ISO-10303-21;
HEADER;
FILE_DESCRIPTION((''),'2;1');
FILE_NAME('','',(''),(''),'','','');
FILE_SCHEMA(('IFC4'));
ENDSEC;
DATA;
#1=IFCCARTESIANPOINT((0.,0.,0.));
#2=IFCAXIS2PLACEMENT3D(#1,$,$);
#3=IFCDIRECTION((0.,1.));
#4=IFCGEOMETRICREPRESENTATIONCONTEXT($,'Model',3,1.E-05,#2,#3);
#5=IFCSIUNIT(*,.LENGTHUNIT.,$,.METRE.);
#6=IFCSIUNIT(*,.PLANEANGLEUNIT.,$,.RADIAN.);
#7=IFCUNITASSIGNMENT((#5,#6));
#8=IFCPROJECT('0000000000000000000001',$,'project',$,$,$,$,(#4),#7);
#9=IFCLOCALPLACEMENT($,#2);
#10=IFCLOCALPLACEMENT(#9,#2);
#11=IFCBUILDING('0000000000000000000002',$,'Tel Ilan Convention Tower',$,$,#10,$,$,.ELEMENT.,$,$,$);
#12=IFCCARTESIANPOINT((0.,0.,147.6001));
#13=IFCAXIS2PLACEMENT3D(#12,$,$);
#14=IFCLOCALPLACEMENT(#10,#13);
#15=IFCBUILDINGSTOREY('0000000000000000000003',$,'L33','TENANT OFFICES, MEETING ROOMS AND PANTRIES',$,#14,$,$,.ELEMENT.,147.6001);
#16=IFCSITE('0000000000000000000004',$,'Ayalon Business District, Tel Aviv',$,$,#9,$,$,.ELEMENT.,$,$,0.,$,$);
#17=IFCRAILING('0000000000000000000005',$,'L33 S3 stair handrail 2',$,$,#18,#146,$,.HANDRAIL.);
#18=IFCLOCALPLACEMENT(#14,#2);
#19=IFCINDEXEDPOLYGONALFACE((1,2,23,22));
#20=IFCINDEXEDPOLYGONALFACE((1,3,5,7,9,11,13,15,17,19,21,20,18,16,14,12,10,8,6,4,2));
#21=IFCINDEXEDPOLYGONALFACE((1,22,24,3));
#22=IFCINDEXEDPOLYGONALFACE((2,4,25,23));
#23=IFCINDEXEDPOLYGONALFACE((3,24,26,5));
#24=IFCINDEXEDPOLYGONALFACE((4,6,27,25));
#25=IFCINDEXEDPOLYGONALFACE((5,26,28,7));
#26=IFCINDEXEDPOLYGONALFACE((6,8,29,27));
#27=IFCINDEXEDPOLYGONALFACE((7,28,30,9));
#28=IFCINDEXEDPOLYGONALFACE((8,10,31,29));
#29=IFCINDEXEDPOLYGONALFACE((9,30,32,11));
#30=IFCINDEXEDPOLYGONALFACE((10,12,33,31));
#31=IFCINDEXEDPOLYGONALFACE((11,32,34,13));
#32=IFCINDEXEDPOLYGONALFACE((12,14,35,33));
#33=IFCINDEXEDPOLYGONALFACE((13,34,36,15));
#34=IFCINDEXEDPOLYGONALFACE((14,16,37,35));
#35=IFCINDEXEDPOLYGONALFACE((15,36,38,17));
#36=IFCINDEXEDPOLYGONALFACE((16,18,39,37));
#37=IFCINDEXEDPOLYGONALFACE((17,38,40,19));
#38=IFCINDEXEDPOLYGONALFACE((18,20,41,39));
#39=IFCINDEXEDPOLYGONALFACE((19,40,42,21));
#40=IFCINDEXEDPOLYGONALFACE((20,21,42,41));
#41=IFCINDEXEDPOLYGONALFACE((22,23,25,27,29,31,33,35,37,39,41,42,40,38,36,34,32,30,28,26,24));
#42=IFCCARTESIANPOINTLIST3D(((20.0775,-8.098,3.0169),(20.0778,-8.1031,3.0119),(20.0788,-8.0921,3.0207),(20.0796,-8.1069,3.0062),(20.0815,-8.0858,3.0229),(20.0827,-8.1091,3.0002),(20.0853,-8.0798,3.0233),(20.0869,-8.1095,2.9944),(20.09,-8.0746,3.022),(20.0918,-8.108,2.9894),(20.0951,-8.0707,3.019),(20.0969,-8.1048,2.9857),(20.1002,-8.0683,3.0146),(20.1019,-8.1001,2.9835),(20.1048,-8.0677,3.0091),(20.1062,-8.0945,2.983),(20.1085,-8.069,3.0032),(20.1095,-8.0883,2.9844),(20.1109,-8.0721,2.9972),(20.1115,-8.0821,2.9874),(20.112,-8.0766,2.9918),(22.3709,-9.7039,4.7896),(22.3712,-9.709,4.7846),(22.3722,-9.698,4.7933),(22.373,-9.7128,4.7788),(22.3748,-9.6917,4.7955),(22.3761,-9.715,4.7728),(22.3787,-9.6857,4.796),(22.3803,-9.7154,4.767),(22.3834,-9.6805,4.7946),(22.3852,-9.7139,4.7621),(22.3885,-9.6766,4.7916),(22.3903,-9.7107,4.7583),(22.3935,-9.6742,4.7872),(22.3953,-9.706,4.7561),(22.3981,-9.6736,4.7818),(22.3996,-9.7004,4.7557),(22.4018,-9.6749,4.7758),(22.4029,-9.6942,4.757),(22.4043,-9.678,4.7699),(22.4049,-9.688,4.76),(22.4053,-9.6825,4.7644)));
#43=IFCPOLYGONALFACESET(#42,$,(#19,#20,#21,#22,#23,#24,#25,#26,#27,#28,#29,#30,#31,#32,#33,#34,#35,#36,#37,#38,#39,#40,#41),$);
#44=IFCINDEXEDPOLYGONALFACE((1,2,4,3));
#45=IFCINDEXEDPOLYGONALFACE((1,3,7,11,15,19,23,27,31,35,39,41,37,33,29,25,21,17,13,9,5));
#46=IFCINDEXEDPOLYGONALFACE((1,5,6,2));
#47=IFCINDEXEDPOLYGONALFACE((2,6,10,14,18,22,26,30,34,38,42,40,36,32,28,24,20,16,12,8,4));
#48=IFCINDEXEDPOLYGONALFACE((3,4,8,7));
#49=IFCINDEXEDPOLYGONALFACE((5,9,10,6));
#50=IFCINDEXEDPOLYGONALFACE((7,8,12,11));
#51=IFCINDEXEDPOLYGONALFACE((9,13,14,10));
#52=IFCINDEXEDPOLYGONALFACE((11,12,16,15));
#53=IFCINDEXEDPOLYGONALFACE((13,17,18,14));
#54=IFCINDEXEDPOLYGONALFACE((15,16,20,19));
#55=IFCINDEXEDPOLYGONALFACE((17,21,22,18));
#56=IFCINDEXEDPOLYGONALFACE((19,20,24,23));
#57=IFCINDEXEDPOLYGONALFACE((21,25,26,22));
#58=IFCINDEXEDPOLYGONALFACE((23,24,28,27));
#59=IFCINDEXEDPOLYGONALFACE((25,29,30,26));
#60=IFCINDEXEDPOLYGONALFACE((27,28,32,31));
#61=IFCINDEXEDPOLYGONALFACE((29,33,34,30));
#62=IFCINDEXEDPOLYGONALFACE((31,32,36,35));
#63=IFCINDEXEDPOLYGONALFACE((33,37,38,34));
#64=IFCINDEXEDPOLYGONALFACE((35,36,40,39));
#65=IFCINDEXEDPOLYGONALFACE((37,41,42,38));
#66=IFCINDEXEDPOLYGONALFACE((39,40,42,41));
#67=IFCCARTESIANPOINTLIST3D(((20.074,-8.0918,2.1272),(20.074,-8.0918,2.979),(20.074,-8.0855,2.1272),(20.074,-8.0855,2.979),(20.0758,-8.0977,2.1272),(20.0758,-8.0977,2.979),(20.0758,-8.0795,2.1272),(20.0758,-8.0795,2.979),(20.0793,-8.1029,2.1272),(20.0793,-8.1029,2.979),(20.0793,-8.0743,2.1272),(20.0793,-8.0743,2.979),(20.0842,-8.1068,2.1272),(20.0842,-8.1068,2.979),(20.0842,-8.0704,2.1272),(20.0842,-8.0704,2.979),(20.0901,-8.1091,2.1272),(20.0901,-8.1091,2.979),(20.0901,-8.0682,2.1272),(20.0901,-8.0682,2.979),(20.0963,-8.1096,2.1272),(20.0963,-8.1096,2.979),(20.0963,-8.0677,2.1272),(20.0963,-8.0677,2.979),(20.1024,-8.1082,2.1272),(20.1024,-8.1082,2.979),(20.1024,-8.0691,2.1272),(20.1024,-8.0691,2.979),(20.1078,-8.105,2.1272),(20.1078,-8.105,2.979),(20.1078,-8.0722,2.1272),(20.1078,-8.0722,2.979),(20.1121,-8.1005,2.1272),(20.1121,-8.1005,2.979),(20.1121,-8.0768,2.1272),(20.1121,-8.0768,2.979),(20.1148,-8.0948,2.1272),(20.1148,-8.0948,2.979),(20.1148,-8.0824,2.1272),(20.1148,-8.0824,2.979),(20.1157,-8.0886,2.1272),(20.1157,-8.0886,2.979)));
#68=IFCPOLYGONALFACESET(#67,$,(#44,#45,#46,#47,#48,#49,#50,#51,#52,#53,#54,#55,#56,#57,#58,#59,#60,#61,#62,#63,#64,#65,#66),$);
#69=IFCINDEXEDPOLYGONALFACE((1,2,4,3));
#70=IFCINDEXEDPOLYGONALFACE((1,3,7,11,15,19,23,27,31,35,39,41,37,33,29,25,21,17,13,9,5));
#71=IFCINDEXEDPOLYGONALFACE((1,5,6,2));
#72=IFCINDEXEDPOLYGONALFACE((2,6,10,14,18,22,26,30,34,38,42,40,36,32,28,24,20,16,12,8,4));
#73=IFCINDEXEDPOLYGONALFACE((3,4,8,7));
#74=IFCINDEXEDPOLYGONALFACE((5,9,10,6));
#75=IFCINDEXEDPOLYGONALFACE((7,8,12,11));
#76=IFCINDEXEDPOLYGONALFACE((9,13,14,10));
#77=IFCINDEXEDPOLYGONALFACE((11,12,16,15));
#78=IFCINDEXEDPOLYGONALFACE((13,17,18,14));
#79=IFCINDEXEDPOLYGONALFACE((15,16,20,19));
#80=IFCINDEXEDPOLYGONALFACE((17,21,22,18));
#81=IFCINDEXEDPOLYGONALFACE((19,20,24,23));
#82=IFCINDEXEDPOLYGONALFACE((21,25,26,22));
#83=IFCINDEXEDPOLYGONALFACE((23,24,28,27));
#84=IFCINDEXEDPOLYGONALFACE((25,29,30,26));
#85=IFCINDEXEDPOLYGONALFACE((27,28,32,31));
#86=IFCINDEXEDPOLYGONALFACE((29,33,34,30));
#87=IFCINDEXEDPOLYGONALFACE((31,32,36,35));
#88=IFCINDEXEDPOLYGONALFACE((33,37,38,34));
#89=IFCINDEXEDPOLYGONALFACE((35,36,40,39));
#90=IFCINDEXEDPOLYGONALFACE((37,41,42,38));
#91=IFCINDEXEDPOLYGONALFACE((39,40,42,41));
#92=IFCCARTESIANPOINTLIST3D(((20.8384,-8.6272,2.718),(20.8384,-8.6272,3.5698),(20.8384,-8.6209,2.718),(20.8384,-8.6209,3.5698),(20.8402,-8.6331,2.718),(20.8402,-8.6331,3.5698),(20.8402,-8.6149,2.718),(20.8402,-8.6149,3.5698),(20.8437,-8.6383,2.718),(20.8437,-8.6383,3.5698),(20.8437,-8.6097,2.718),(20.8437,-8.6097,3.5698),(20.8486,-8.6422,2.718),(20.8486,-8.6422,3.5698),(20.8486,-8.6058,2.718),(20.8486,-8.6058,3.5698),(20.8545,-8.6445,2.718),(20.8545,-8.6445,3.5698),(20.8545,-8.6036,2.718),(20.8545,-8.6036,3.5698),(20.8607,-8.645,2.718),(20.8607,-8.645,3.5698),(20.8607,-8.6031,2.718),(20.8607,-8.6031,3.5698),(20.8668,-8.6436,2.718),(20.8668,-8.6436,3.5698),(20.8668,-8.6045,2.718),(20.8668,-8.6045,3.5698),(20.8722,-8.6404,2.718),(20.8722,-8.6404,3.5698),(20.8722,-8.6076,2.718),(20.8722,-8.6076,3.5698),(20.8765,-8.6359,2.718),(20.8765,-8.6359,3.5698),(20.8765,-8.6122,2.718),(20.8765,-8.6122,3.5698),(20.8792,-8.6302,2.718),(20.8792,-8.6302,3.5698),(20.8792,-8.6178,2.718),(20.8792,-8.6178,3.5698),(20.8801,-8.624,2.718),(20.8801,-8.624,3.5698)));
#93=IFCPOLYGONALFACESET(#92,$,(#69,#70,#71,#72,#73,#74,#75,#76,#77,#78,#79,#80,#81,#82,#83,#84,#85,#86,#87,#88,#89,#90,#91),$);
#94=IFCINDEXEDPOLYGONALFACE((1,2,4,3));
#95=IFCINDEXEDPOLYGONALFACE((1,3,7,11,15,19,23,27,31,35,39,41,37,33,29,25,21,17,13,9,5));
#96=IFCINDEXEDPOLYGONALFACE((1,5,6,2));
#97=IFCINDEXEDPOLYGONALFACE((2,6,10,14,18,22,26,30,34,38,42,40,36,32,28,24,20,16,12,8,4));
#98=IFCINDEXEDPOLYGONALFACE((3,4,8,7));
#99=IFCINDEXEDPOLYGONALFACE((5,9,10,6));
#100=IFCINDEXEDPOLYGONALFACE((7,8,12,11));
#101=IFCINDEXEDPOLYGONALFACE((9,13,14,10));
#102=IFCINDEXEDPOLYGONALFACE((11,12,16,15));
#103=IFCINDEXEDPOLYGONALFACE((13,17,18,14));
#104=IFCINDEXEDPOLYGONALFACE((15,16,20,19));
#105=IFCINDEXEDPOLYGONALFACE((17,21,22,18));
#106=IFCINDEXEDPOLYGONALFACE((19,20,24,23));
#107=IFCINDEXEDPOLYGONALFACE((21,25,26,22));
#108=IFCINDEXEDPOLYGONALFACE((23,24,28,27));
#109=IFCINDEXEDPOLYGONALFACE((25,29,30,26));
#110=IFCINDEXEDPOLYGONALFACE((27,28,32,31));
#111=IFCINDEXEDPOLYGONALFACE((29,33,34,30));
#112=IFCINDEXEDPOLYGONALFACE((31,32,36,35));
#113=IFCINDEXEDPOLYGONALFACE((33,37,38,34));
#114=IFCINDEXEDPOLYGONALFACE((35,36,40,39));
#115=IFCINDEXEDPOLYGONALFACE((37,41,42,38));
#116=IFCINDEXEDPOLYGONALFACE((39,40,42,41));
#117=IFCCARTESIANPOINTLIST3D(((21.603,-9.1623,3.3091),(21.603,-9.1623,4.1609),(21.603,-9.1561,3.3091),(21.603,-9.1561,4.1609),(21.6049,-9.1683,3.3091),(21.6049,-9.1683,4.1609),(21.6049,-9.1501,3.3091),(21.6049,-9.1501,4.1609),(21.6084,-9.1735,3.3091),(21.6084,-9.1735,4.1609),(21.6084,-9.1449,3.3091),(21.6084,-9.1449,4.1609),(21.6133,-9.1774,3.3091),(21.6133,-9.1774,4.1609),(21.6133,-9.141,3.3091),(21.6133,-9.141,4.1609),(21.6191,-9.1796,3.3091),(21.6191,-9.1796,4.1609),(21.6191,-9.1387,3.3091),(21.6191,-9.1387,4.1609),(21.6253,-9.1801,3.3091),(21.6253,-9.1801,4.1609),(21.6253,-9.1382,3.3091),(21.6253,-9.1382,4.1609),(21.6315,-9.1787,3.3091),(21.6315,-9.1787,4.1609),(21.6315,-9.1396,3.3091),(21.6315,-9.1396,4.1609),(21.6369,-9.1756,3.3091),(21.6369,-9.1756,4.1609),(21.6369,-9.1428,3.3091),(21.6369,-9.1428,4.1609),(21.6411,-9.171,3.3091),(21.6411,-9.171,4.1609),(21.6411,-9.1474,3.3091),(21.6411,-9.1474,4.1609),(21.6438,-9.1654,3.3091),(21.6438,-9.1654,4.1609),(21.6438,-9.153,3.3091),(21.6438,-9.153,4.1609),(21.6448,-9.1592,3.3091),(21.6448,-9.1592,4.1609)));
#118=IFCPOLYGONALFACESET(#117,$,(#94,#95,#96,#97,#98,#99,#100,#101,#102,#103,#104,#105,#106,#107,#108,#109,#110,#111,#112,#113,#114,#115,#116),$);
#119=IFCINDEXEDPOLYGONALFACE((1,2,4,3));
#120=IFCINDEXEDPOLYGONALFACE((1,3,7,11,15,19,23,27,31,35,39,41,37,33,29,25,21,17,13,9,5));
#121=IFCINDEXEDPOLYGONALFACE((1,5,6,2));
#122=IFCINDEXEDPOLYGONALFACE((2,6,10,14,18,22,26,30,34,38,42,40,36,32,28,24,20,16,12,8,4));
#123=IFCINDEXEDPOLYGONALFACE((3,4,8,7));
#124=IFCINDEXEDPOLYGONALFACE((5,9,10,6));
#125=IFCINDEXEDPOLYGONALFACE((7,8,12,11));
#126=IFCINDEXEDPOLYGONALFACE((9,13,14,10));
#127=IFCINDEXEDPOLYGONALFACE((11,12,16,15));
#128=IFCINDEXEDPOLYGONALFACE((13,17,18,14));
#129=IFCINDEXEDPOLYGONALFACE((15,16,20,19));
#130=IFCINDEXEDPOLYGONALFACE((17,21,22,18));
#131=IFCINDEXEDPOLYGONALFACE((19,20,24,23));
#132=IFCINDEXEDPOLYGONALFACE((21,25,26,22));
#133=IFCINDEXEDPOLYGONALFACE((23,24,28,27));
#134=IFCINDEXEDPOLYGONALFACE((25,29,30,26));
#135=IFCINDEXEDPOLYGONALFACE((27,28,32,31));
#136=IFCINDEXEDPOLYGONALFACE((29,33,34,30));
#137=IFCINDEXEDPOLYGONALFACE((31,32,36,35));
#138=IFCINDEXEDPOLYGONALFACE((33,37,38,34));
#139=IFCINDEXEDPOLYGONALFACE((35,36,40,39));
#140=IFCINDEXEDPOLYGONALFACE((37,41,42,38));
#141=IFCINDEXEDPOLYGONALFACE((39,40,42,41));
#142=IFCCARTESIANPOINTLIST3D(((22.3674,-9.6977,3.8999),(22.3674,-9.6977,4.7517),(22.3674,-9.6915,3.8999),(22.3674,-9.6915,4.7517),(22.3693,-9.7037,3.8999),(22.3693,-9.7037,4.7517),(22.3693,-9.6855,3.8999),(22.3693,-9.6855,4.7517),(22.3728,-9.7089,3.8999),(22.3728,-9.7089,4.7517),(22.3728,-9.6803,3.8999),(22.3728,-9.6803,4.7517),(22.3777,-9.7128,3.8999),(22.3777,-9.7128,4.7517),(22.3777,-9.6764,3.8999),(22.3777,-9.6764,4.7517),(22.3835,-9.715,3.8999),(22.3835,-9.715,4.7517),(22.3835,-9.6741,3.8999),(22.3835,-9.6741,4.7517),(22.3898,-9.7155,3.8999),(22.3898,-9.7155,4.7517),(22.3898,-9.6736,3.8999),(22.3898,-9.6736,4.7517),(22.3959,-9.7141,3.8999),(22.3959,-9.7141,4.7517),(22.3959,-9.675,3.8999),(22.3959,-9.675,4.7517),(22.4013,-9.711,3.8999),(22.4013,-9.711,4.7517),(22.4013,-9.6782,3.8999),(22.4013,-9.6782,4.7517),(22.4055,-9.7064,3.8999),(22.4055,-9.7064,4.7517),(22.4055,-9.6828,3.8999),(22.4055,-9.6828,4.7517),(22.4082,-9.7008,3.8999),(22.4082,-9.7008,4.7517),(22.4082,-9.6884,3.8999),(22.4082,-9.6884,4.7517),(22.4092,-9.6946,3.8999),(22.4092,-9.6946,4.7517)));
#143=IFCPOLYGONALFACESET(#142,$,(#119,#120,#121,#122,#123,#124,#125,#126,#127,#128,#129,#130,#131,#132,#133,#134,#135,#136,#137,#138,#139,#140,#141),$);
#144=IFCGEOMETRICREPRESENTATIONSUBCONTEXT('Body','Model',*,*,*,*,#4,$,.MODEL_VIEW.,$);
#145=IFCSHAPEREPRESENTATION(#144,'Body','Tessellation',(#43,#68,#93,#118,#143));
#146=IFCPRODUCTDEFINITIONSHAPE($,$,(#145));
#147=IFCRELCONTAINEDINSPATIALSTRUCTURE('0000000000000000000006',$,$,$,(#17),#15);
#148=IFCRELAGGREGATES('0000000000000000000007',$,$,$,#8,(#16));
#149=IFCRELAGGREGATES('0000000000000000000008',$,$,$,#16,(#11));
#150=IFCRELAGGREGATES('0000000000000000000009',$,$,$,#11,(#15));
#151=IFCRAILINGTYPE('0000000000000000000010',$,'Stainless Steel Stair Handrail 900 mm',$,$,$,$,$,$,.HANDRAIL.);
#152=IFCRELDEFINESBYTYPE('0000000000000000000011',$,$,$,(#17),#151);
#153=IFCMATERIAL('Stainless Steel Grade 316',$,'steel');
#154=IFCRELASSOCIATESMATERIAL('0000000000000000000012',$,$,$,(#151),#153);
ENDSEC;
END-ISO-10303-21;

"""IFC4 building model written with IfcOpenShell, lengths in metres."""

from ifc_helpers import new_model, si_unit, direction, frame, origin, origin_2d, place, context, subcontext, project, spatial, circle, extrude, material, type_object, element, save


model = new_model("IFC4")

# Units and contexts
model_context = context("Model", 3, precision=1e-05, world=origin(), true_north=direction((0.0, 1.0)))
body_context = subcontext(model_context, "Body", "Model", "MODEL_VIEW")
ifc_project = project(units=[si_unit("LENGTHUNIT", "METRE"), si_unit("PLANEANGLEUNIT", "RADIAN")], contexts=[model_context])

# Site, building, storey
site_placement = place(None, origin())
site = spatial("IfcSite", under=ifc_project, at=site_placement, Name="Ayalon Business District, Tel Aviv", CompositionType="ELEMENT", RefElevation=0.0)
building_placement = place(site_placement, origin())
building = spatial("IfcBuilding", under=site, at=building_placement, Name="Tel Ilan Convention Tower", CompositionType="ELEMENT")
storey_placement = place(building_placement, frame((0.0, 0.0, 147.6001)))
storey = spatial("IfcBuildingStorey", under=building, at=storey_placement, Name="L33", Description="TENANT OFFICES, MEETING ROOMS AND PANTRIES", CompositionType="ELEMENT", Elevation=147.6001)

# Railing
ifc_material_1 = material(Name="Stainless Steel Grade 316", Category="steel")
railing_type_1 = type_object("IfcRailingType", Name="Stainless Steel Stair Handrail 900 mm", PredefinedType="HANDRAIL", material=ifc_material_1)
railing_1_placement = place(storey_placement, frame((20.0947, -8.0886, 2.1272)))
element("IfcRailing", 1, at=railing_1_placement, inside=storey, type_object=railing_type_1, Name="L33 S3 stair handrail 2", PredefinedType="HANDRAIL", context=body_context, shape_type="SweptSolid", body=[
    extrude(circle(Radius=0.0239, at=origin_2d()), frame((0.0, 0.0, 0.876), z_axis=(0.692085, -0.484621, 0.53494), x_axis=(0.573591, 0.819142, 0.0)), (0.0, 0.0, 1.0), 3.3137),
    extrude(circle(Radius=0.021, at=origin_2d()), origin(), (0.0, 0.0, 1.0), 0.8518),
    extrude(circle(Radius=0.021, at=origin_2d()), frame((0.7644, -0.5354, 0.5908)), (0.0, 0.0, 1.0), 0.8518),
    extrude(circle(Radius=0.021, at=origin_2d()), frame((1.5291, -1.0706, 1.1819)), (0.0, 0.0, 1.0), 0.8518),
    extrude(circle(Radius=0.021, at=origin_2d()), frame((2.2935, -1.606, 1.7727)), (0.0, 0.0, 1.0), 0.8518),
])

save(model, "model.ifc")
